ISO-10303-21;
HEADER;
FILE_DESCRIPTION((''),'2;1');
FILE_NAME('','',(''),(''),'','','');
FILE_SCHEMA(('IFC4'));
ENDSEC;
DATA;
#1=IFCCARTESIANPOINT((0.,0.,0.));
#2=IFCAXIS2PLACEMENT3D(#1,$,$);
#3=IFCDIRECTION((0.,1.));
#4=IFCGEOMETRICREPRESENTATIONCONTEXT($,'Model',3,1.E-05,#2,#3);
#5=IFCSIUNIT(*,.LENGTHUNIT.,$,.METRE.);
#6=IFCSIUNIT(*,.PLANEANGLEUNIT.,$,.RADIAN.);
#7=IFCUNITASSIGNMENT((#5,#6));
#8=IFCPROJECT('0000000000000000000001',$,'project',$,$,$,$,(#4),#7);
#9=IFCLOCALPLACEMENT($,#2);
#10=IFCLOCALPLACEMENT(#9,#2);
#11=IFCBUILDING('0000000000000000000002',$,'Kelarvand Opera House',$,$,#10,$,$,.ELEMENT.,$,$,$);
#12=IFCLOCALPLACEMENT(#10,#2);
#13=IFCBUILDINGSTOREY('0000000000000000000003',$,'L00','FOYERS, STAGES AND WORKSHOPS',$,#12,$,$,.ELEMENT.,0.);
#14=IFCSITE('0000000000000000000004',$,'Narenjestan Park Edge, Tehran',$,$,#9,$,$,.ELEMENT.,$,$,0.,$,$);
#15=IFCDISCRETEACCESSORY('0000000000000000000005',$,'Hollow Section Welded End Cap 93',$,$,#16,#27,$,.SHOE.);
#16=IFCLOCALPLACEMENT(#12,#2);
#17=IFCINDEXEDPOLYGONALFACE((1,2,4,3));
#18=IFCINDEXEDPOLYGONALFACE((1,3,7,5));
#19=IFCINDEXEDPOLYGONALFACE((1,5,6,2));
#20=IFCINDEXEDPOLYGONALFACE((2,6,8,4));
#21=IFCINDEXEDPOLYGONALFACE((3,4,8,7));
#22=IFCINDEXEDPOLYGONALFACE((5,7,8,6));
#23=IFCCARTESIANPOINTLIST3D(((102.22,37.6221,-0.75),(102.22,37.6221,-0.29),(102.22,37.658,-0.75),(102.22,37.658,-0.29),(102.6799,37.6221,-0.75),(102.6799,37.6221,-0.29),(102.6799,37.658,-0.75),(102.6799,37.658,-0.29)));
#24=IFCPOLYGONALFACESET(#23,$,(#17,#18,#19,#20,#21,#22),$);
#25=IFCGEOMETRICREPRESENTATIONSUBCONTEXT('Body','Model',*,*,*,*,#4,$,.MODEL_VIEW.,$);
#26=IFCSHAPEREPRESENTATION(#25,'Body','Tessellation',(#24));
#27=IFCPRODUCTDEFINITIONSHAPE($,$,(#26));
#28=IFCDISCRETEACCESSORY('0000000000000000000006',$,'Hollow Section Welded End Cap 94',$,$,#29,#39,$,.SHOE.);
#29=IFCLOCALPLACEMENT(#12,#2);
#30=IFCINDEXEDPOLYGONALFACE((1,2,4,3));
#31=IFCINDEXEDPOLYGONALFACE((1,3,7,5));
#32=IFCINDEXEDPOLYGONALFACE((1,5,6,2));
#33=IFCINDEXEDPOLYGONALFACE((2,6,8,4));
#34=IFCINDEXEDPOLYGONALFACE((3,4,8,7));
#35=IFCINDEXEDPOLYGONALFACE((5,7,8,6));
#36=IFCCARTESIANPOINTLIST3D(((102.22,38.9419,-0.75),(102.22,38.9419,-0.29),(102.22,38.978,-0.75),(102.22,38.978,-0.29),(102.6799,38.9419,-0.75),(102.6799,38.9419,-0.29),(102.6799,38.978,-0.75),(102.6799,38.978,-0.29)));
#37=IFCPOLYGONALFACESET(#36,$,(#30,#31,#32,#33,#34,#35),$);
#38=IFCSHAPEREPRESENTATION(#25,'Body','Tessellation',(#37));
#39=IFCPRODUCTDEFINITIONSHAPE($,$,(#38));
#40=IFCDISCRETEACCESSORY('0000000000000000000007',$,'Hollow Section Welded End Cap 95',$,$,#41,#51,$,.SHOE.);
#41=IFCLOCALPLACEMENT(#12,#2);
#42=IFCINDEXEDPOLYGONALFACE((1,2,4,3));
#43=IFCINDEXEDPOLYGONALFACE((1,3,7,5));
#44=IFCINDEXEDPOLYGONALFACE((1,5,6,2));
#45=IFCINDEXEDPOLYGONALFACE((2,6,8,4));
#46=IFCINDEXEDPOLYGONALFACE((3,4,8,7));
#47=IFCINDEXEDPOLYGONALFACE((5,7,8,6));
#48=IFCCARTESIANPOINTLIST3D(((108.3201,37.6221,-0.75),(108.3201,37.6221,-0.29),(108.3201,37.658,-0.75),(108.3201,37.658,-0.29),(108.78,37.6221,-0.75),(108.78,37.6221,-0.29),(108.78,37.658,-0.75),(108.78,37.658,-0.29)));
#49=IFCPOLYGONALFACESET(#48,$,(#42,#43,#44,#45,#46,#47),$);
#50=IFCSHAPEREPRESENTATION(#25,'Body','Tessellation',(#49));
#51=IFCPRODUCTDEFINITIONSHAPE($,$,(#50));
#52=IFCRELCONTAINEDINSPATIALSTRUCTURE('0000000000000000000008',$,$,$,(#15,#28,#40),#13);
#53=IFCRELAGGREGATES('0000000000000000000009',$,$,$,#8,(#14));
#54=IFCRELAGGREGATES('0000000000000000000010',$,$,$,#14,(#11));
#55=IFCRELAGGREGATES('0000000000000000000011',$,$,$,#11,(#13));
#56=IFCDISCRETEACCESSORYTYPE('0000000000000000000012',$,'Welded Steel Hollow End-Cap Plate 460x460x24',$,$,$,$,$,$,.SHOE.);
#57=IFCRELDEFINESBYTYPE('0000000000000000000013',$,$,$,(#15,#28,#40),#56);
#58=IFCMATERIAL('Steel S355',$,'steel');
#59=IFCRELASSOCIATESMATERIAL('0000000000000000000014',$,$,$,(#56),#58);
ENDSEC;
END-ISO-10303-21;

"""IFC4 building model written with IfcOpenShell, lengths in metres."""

from ifc_helpers import new_model, si_unit, direction, frame, origin, origin_2d, place, context, subcontext, project, spatial, rectangle, extrude, material, material_profile, profile_set, type_object, element, save


model = new_model("IFC4")

# Units and contexts
model_context = context("Model", 3, precision=1e-05, world=origin(), true_north=direction((0.0, 1.0)))
body_context = subcontext(model_context, "Body", "Model", "MODEL_VIEW")
ifc_project = project(units=[si_unit("LENGTHUNIT", "METRE"), si_unit("PLANEANGLEUNIT", "RADIAN")], contexts=[model_context])

# Site, building, storey
site_placement = place(None, origin())
site = spatial("IfcSite", under=ifc_project, at=site_placement, Name="Narenjestan Park Edge, Tehran", CompositionType="ELEMENT", RefElevation=0.0)
building_placement = place(site_placement, origin())
building = spatial("IfcBuilding", under=site, at=building_placement, Name="Kelarvand Opera House", CompositionType="ELEMENT")
storey_placement = place(building_placement, origin())
storey = spatial("IfcBuildingStorey", under=building, at=storey_placement, Name="L00", Description="FOYERS, STAGES AND WORKSHOPS", CompositionType="ELEMENT", Elevation=0.0)

# Shared definitions
ifc_material_1 = material(Name="Steel S355", Category="steel")

# Discrete accessories
ifc_material_profile_1 = material_profile(ifc_material_1, rectangle(XDim=0.46, YDim=0.46, at=origin_2d()), Name="Welded Steel Hollow End-Cap Plate 460x460x24", Category="steel")
ifc_profile_set_1 = profile_set([ifc_material_profile_1], Name="Steel S355")
discrete_accessory_type_1 = type_object("IfcDiscreteAccessoryType", Name="Welded Steel Hollow End-Cap Plate 460x460x24", PredefinedType="SHOE", material=ifc_profile_set_1)
discrete_accessory_1_placement = place(storey_placement, frame((102.45, 37.658, -0.52), z_axis=(0.0, -1.0, 0.0), x_axis=(1.0, 0.0, 0.0)))
element("IfcDiscreteAccessory", 1, at=discrete_accessory_1_placement, inside=storey, type_object=discrete_accessory_type_1, Name="Hollow Section Welded End Cap 93", PredefinedType="SHOE", context=body_context, shape_type="SweptSolid", body=[
    extrude(rectangle(XDim=0.46, YDim=0.46, at=origin_2d()), origin(), (0.0, 0.0, 1.0), 0.0359),
])
discrete_accessory_2_placement = place(storey_placement, frame((102.45, 38.9419, -0.52), z_axis=(0.0, 1.0, 0.0), x_axis=(-1.0, 0.0, 0.0)))
element("IfcDiscreteAccessory", 2, at=discrete_accessory_2_placement, inside=storey, type_object=discrete_accessory_type_1, Name="Hollow Section Welded End Cap 94", PredefinedType="SHOE", context=body_context, shape_type="SweptSolid", body=[
    extrude(rectangle(XDim=0.46, YDim=0.46, at=origin_2d()), origin(), (0.0, 0.0, 1.0), 0.0361),
])
discrete_accessory_3_placement = place(storey_placement, frame((108.55, 37.658, -0.52), z_axis=(0.0, -1.0, 0.0), x_axis=(1.0, 0.0, 0.0)))
element("IfcDiscreteAccessory", 3, at=discrete_accessory_3_placement, inside=storey, type_object=discrete_accessory_type_1, Name="Hollow Section Welded End Cap 95", PredefinedType="SHOE", context=body_context, shape_type="SweptSolid", body=[
    extrude(rectangle(XDim=0.46, YDim=0.46, at=origin_2d()), origin(), (0.0, 0.0, 1.0), 0.0359),
])

save(model, "model.ifc")
